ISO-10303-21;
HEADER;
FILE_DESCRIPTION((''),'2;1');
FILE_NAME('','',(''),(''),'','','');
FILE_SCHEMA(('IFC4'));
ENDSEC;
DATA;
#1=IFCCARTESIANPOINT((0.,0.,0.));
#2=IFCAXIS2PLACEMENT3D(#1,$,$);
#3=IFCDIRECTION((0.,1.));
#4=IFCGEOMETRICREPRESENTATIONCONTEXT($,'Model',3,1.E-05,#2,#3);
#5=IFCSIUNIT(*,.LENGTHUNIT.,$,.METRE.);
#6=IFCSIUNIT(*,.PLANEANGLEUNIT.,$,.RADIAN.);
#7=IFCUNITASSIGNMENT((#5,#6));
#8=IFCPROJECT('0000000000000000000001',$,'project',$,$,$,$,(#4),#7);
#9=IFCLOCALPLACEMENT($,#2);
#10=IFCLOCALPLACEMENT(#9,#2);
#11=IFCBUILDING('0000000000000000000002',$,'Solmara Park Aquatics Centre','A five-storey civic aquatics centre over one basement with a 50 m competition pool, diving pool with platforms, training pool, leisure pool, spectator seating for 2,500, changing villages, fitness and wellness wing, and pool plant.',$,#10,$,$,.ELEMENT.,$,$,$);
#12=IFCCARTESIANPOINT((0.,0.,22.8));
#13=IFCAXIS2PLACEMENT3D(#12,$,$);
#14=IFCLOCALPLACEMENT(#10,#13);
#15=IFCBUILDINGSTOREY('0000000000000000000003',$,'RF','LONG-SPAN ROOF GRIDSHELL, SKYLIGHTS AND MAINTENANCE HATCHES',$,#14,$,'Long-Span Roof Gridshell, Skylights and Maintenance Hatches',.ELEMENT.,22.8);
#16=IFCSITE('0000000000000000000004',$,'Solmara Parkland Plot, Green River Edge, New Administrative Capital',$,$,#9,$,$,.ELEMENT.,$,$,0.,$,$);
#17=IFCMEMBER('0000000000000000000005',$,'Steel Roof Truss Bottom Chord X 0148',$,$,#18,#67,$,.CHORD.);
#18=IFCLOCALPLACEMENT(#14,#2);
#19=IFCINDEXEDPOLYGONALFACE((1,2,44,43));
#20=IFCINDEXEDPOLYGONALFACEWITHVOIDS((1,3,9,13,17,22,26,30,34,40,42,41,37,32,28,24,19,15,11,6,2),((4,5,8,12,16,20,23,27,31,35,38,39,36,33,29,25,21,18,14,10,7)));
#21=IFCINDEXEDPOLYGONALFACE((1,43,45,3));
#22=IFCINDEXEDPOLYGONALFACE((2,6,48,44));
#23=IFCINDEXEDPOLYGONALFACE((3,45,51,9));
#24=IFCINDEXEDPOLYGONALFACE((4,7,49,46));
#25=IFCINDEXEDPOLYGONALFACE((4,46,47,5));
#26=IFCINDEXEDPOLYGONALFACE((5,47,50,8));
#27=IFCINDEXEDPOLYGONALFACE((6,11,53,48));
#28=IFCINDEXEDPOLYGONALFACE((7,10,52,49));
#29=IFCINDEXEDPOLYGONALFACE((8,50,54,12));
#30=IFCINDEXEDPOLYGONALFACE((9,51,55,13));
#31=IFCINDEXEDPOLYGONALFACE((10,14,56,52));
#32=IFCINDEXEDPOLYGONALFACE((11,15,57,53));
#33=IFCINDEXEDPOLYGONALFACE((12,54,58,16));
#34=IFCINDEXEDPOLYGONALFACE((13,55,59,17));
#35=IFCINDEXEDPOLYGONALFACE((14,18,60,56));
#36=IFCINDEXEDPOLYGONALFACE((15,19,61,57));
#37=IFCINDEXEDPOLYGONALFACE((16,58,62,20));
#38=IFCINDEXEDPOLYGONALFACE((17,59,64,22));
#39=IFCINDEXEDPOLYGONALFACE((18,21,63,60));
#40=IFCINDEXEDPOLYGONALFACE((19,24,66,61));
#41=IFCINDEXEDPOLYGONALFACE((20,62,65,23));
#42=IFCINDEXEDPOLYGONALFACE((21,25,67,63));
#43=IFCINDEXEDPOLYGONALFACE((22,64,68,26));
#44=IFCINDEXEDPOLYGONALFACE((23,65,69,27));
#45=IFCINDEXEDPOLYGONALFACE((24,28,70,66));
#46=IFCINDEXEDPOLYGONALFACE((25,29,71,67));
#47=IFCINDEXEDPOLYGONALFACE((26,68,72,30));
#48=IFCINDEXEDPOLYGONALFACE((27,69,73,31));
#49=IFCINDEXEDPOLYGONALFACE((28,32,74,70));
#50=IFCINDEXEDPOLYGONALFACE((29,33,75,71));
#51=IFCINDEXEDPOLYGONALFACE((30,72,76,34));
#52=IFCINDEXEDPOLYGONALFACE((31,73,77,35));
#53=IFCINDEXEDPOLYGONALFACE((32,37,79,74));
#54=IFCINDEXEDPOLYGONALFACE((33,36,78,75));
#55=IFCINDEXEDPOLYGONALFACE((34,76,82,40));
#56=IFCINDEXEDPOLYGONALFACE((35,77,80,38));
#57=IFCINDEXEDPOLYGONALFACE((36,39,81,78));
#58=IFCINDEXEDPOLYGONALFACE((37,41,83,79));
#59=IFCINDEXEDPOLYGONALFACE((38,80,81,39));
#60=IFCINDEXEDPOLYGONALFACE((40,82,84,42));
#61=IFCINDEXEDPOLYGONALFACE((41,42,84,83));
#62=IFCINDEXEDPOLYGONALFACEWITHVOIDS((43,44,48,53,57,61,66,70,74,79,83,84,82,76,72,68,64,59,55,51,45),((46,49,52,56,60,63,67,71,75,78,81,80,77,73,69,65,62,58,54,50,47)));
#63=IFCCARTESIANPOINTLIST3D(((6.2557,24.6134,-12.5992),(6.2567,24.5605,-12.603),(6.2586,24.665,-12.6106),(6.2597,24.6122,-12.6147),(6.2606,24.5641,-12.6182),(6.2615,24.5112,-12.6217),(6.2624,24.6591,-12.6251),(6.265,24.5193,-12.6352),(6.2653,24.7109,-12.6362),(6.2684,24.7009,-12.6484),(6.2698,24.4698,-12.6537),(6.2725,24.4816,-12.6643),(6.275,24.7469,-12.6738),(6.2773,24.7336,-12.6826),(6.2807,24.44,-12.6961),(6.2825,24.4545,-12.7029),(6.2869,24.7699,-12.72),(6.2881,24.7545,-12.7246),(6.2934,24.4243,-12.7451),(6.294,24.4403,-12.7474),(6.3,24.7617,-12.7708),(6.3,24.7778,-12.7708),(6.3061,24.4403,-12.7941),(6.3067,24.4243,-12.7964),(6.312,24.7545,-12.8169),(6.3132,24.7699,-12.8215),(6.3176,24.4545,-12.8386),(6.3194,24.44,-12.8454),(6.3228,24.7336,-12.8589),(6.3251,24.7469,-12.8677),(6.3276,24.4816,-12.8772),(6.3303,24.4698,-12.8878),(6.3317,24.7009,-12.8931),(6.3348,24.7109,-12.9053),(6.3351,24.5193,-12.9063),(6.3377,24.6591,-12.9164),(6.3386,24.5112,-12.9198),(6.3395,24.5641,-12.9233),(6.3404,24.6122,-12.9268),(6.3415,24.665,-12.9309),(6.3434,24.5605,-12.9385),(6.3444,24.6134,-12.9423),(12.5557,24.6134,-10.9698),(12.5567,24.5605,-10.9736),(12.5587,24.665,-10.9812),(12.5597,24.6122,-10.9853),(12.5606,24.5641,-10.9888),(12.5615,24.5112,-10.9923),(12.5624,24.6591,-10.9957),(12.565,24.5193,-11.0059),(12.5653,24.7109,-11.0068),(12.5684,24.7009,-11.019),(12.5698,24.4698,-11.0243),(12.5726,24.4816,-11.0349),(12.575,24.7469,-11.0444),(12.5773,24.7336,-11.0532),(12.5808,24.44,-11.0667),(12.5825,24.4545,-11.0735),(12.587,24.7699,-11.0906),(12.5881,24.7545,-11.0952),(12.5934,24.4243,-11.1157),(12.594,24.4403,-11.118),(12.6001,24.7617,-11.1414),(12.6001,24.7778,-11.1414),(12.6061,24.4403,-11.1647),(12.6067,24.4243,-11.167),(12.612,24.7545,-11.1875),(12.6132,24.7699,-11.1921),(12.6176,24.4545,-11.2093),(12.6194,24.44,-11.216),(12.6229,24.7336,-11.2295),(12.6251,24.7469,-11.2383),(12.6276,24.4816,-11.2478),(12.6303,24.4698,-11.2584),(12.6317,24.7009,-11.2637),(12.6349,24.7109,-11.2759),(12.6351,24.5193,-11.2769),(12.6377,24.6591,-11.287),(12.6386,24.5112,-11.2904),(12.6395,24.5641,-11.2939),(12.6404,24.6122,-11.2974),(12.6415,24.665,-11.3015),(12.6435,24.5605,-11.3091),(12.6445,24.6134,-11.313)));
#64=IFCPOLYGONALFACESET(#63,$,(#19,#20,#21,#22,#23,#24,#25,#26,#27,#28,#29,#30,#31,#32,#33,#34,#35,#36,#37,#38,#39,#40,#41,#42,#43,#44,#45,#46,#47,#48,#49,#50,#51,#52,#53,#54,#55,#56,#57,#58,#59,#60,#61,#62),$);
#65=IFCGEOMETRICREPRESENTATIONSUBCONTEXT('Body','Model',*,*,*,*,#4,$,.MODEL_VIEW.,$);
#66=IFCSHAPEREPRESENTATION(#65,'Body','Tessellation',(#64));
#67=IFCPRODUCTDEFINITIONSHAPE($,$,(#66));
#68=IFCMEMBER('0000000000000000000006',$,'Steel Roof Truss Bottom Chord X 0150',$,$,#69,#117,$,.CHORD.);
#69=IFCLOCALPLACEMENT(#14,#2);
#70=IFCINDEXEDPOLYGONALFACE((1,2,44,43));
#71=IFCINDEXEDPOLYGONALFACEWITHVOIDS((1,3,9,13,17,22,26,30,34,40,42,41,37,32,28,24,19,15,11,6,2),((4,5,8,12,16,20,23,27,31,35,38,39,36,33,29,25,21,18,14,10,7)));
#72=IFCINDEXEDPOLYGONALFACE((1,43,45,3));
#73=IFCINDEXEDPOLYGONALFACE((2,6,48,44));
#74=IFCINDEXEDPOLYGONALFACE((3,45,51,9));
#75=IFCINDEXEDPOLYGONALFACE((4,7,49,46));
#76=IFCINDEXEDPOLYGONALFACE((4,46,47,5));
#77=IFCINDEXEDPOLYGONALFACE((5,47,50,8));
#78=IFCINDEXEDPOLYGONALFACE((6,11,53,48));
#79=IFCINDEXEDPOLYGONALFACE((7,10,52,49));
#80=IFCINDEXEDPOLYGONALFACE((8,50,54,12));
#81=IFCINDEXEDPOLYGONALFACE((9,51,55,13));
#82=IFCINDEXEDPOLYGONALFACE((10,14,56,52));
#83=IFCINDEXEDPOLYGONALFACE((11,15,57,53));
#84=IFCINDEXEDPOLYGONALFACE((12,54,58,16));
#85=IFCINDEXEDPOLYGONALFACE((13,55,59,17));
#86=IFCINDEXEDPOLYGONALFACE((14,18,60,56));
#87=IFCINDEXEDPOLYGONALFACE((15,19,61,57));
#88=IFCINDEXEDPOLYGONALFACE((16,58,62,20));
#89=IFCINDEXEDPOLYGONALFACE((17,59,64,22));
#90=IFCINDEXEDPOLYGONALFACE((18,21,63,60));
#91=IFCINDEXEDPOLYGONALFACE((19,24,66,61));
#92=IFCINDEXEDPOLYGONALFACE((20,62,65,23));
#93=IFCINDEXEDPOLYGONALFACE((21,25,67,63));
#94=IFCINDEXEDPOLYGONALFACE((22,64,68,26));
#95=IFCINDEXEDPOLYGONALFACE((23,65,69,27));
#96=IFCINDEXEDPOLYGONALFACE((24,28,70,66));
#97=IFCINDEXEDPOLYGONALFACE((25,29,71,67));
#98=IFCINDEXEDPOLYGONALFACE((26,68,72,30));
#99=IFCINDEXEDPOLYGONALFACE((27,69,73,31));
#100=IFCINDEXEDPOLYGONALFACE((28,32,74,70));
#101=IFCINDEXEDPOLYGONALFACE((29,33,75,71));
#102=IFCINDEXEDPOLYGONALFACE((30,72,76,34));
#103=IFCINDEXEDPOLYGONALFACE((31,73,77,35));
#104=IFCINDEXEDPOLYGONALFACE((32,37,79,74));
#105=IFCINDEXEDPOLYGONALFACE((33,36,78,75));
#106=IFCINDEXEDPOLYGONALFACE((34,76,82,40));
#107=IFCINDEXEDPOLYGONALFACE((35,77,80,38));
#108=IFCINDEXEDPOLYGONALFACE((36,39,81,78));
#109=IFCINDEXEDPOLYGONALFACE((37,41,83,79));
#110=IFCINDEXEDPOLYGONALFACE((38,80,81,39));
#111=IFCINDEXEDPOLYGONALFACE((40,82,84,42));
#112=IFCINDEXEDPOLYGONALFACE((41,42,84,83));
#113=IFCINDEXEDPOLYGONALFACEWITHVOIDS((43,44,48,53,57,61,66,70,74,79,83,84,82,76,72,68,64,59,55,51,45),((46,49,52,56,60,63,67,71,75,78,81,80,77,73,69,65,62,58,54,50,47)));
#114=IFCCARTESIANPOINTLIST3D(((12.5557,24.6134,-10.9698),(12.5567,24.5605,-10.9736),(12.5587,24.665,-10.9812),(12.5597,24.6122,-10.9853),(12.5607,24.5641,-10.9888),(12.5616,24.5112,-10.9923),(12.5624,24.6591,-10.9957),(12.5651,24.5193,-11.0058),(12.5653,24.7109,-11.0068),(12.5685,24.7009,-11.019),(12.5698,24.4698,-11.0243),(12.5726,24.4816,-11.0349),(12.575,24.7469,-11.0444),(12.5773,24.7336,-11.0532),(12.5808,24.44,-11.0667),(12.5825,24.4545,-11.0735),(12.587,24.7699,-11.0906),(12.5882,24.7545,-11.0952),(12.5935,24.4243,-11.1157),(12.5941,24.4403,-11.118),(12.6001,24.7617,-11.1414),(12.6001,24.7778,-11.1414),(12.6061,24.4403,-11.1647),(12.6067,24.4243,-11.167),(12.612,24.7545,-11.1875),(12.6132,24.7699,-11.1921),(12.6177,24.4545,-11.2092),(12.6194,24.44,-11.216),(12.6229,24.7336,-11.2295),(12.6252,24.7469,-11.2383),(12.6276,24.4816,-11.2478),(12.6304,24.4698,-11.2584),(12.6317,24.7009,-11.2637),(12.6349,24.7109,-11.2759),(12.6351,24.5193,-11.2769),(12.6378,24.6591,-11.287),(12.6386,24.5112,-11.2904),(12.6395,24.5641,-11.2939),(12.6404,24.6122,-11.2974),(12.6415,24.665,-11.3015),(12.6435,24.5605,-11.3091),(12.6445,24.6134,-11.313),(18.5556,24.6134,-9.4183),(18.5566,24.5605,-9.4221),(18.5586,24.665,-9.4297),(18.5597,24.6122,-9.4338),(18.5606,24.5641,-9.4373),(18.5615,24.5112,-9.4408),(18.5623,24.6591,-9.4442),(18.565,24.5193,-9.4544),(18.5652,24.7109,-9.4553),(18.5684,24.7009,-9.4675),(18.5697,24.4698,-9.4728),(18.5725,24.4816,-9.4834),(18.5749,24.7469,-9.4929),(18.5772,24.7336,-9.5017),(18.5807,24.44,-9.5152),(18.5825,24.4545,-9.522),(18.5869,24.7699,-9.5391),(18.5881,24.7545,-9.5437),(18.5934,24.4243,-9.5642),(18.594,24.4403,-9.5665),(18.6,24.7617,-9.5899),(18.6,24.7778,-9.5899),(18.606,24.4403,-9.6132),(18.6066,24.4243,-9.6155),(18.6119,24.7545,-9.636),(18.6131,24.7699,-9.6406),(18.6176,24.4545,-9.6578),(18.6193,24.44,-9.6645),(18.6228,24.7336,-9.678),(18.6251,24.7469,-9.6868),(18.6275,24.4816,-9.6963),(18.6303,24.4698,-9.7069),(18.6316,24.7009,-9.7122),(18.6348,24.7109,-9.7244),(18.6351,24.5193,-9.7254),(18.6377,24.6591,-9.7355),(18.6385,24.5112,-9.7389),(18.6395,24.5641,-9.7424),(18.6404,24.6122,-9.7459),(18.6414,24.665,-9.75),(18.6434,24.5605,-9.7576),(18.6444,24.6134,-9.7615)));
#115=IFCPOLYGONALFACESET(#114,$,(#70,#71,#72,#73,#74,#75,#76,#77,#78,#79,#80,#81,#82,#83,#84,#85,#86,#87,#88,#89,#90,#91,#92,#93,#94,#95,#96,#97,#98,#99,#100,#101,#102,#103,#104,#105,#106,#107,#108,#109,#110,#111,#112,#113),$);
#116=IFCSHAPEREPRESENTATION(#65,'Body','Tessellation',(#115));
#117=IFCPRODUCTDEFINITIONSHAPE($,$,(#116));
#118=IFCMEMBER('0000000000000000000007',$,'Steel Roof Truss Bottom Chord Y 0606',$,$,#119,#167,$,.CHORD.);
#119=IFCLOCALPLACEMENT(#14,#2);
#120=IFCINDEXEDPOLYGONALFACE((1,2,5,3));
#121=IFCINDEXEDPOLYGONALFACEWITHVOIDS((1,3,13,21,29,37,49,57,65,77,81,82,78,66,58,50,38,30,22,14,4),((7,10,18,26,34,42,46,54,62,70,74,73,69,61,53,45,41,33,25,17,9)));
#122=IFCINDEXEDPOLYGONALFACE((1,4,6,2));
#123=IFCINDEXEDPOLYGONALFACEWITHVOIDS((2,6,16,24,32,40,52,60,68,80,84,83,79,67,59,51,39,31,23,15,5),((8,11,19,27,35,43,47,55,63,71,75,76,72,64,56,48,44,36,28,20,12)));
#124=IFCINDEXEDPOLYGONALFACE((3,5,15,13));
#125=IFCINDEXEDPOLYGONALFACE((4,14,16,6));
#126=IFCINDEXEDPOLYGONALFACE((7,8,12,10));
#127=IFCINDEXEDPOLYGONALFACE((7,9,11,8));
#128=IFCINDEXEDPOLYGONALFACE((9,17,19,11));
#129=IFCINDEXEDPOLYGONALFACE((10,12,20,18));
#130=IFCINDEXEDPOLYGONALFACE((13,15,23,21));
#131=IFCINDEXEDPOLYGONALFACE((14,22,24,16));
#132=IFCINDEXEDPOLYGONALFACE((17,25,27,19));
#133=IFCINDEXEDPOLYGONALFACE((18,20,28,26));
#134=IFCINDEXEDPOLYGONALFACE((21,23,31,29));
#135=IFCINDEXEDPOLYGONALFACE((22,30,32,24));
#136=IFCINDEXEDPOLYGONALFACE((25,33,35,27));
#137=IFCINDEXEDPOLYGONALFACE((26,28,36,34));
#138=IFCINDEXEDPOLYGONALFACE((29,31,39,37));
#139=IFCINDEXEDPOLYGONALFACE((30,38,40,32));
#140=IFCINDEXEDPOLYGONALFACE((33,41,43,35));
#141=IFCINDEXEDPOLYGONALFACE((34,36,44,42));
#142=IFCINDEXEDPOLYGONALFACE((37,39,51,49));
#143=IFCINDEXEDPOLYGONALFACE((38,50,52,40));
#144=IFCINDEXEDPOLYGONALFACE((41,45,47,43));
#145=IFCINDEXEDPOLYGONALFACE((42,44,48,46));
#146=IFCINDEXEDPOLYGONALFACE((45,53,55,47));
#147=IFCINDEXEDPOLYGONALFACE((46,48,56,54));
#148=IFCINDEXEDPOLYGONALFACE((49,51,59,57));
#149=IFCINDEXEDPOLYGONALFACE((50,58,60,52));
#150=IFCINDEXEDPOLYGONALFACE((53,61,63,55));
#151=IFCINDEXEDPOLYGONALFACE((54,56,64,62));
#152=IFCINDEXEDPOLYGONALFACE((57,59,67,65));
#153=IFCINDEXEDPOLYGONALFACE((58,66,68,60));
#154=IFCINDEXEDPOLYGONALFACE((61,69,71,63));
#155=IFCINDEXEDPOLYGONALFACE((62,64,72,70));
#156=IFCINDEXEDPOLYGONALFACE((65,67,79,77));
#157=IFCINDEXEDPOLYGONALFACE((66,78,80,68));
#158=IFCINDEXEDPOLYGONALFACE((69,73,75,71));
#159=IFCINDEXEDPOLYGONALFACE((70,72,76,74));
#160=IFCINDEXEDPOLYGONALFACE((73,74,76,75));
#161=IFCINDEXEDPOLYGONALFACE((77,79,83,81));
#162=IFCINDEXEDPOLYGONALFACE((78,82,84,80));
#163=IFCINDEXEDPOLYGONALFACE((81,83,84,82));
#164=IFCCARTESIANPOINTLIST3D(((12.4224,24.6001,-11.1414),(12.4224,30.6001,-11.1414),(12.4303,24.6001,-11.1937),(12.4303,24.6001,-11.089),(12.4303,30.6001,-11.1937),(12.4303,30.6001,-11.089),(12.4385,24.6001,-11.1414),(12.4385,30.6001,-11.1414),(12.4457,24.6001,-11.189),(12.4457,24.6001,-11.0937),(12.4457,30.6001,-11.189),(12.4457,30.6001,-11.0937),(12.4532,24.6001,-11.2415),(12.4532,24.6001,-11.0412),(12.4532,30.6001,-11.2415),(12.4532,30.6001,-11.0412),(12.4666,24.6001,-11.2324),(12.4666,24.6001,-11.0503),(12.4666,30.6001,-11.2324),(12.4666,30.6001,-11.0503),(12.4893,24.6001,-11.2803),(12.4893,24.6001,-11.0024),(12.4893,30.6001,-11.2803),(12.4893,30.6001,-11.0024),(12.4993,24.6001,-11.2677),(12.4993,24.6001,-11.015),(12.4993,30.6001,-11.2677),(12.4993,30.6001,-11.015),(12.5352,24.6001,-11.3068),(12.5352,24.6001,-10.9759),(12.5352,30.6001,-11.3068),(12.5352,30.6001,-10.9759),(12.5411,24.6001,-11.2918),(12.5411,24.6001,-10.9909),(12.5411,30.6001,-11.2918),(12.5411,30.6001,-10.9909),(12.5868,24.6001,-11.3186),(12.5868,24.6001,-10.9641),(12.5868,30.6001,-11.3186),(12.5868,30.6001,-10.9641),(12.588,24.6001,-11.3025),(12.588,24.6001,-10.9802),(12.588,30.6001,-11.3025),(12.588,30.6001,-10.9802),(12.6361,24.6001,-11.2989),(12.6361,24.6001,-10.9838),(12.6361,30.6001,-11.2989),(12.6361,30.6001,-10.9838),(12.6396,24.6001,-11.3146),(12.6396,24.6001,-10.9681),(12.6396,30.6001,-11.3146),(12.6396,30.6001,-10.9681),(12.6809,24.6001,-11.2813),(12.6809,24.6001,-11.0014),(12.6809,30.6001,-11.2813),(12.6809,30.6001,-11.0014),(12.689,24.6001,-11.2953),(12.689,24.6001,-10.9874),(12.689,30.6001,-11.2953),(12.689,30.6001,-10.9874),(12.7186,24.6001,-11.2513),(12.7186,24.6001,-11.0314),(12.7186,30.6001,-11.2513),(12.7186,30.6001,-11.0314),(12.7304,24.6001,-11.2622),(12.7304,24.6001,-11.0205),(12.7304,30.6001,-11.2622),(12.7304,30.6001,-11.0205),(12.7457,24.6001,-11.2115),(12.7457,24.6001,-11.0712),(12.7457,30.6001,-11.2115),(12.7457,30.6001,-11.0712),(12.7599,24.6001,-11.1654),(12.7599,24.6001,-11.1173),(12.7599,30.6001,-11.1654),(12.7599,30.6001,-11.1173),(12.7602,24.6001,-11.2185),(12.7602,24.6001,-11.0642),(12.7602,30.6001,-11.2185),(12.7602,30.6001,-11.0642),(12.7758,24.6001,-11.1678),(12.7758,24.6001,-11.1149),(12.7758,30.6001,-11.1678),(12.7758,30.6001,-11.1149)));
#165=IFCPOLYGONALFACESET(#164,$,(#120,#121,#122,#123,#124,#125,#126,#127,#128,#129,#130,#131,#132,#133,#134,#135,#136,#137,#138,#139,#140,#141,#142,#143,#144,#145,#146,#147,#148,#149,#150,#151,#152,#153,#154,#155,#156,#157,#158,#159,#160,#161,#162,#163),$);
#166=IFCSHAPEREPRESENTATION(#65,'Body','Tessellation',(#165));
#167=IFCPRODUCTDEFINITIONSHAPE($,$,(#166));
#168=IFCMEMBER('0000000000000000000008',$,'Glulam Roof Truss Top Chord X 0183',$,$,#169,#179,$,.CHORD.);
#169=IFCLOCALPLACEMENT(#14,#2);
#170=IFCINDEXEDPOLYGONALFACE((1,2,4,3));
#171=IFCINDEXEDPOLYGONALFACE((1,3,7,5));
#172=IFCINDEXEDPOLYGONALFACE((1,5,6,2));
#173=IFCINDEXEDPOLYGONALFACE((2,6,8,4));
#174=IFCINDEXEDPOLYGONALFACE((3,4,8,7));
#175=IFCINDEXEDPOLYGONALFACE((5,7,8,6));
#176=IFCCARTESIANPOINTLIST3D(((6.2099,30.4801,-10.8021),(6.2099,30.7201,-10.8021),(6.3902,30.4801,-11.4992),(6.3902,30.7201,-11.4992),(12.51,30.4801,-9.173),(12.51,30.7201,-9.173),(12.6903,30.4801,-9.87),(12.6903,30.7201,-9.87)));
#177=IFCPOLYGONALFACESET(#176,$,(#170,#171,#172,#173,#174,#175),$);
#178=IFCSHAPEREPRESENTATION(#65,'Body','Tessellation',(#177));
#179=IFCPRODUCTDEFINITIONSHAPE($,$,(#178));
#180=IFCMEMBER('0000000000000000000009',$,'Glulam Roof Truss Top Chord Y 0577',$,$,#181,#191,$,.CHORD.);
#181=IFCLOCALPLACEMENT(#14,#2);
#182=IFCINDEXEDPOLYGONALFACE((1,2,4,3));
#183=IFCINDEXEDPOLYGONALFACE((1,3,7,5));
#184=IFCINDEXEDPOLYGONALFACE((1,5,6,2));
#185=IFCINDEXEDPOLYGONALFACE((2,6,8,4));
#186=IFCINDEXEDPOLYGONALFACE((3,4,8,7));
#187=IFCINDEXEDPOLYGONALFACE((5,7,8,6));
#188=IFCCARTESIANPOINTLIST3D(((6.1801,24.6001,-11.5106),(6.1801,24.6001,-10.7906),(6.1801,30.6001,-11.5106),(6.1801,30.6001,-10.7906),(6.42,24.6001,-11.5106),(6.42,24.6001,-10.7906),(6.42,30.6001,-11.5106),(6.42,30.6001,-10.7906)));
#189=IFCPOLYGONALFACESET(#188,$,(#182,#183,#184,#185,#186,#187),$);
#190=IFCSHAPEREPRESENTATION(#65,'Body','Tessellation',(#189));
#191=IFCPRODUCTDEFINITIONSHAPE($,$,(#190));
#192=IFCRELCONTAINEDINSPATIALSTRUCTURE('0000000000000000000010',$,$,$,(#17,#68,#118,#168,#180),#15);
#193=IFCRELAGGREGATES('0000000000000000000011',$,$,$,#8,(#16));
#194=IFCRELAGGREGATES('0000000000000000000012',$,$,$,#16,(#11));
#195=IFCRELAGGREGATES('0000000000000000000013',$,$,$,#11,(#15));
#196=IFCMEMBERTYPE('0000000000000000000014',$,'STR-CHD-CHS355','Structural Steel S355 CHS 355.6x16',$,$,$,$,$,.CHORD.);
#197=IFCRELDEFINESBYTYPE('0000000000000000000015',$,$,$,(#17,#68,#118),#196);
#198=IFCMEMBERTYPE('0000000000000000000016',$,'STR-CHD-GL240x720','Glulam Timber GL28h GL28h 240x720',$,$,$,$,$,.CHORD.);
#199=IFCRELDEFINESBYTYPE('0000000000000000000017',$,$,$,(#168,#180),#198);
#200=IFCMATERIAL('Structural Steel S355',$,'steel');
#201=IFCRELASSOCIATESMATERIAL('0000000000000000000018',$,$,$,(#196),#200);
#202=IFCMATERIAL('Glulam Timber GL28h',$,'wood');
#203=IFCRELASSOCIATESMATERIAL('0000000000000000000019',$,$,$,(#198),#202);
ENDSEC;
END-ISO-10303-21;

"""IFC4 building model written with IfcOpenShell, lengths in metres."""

from ifc_helpers import new_model, si_unit, direction, frame, origin, origin_2d, place, context, subcontext, project, spatial, rectangle, hollow_circle, extrude, material, material_profile, profile_set, type_object, element, save


model = new_model("IFC4")

# Units and contexts
model_context = context("Model", 3, precision=1e-05, world=origin(), true_north=direction((0.0, 1.0)))
body_context = subcontext(model_context, "Body", "Model", "MODEL_VIEW")
ifc_project = project(units=[si_unit("LENGTHUNIT", "METRE"), si_unit("PLANEANGLEUNIT", "RADIAN")], contexts=[model_context])

# Site, building, storey
site_placement = place(None, origin())
site = spatial("IfcSite", under=ifc_project, at=site_placement, Name="Solmara Parkland Plot, Green River Edge, New Administrative Capital", CompositionType="ELEMENT", RefElevation=0.0)
building_placement = place(site_placement, origin())
building = spatial("IfcBuilding", under=site, at=building_placement, Name="Solmara Park Aquatics Centre", Description="A five-storey civic aquatics centre over one basement with a 50 m competition pool, diving pool with platforms, training pool, leisure pool, spectator seating for 2,500, changing villages, fitness and wellness wing, and pool plant.", CompositionType="ELEMENT")
storey_placement = place(building_placement, frame((0.0, 0.0, 22.8)))
storey = spatial("IfcBuildingStorey", under=building, at=storey_placement, Name="RF", Description="LONG-SPAN ROOF GRIDSHELL, SKYLIGHTS AND MAINTENANCE HATCHES", LongName="Long-Span Roof Gridshell, Skylights and Maintenance Hatches", CompositionType="ELEMENT", Elevation=22.8)

# Members
ifc_material_1 = material(Name="Structural Steel S355", Category="steel")
ifc_material_profile_1 = material_profile(ifc_material_1, hollow_circle(Radius=0.1777, WallThickness=0.0161, at=origin_2d()), Name="CHS 355.6x16")
ifc_profile_set_1 = profile_set([ifc_material_profile_1], Name="Structural Steel S355")
member_type_1 = type_object("IfcMemberType", Name="STR-CHD-CHS355", Description="Structural Steel S355 CHS 355.6x16", PredefinedType="CHORD", material=ifc_profile_set_1)
member_1_placement = place(storey_placement, frame((6.3, 24.6001, -12.7708), z_axis=(0.968144, 0.0, 0.250393), x_axis=(0.0, 1.0, 0.0)))
element("IfcMember", 1, at=member_1_placement, inside=storey, type_object=member_type_1, Name="Steel Roof Truss Bottom Chord X 0148", PredefinedType="CHORD", context=body_context, shape_type="SweptSolid", body=[
    extrude(hollow_circle(Radius=0.1777, WallThickness=0.0161, at=origin_2d()), origin(), (0.0, 0.0, 1.0), 6.5073),
])
member_2_placement = place(storey_placement, frame((12.6001, 24.6001, -11.1414), z_axis=(0.968155, 0.0, 0.250351), x_axis=(0.0, 1.0, 0.0)))
element("IfcMember", 2, at=member_2_placement, inside=storey, type_object=member_type_1, Name="Steel Roof Truss Bottom Chord X 0150", PredefinedType="CHORD", context=body_context, shape_type="SweptSolid", body=[
    extrude(hollow_circle(Radius=0.1777, WallThickness=0.0161, at=origin_2d()), origin(), (0.0, 0.0, 1.0), 6.1973),
])
member_3_placement = place(storey_placement, frame((12.6001, 24.6001, -11.1414), z_axis=(0.0, 1.0, 0.0), x_axis=(-1.0, 0.0, 0.0)))
element("IfcMember", 3, at=member_3_placement, inside=storey, type_object=member_type_1, Name="Steel Roof Truss Bottom Chord Y 0606", PredefinedType="CHORD", context=body_context, shape_type="SweptSolid", body=[
    extrude(hollow_circle(Radius=0.1777, WallThickness=0.0161, at=origin_2d()), origin(), (0.0, 0.0, 1.0), 6.0),
])
ifc_material_2 = material(Name="Glulam Timber GL28h", Category="wood")
ifc_material_profile_2 = material_profile(ifc_material_2, rectangle(XDim=0.24, YDim=0.72, at=origin_2d()), Name="GL28h 240x720")
ifc_profile_set_2 = profile_set([ifc_material_profile_2], Name="Glulam Timber GL28h")
member_type_2 = type_object("IfcMemberType", Name="STR-CHD-GL240x720", Description="Glulam Timber GL28h GL28h 240x720", PredefinedType="CHORD", material=ifc_profile_set_2)
member_4_placement = place(storey_placement, frame((6.3, 30.6001, -11.1506), z_axis=(0.968153, 0.0, 0.250358), x_axis=(0.0, 1.0, 0.0)))
element("IfcMember", 4, at=member_4_placement, inside=storey, type_object=member_type_2, Name="Glulam Roof Truss Top Chord X 0183", PredefinedType="CHORD", context=body_context, shape_type="SweptSolid", body=[
    extrude(rectangle(XDim=0.24, YDim=0.72, at=origin_2d()), origin(), (0.0, 0.0, 1.0), 6.5073),
])
member_5_placement = place(storey_placement, frame((6.3, 24.6001, -11.1506), z_axis=(0.0, 1.0, 0.0), x_axis=(-1.0, 0.0, 0.0)))
element("IfcMember", 5, at=member_5_placement, inside=storey, type_object=member_type_2, Name="Glulam Roof Truss Top Chord Y 0577", PredefinedType="CHORD", context=body_context, shape_type="SweptSolid", body=[
    extrude(rectangle(XDim=0.24, YDim=0.72, at=origin_2d()), origin(), (0.0, 0.0, 1.0), 6.0),
])

save(model, "model.ifc")
